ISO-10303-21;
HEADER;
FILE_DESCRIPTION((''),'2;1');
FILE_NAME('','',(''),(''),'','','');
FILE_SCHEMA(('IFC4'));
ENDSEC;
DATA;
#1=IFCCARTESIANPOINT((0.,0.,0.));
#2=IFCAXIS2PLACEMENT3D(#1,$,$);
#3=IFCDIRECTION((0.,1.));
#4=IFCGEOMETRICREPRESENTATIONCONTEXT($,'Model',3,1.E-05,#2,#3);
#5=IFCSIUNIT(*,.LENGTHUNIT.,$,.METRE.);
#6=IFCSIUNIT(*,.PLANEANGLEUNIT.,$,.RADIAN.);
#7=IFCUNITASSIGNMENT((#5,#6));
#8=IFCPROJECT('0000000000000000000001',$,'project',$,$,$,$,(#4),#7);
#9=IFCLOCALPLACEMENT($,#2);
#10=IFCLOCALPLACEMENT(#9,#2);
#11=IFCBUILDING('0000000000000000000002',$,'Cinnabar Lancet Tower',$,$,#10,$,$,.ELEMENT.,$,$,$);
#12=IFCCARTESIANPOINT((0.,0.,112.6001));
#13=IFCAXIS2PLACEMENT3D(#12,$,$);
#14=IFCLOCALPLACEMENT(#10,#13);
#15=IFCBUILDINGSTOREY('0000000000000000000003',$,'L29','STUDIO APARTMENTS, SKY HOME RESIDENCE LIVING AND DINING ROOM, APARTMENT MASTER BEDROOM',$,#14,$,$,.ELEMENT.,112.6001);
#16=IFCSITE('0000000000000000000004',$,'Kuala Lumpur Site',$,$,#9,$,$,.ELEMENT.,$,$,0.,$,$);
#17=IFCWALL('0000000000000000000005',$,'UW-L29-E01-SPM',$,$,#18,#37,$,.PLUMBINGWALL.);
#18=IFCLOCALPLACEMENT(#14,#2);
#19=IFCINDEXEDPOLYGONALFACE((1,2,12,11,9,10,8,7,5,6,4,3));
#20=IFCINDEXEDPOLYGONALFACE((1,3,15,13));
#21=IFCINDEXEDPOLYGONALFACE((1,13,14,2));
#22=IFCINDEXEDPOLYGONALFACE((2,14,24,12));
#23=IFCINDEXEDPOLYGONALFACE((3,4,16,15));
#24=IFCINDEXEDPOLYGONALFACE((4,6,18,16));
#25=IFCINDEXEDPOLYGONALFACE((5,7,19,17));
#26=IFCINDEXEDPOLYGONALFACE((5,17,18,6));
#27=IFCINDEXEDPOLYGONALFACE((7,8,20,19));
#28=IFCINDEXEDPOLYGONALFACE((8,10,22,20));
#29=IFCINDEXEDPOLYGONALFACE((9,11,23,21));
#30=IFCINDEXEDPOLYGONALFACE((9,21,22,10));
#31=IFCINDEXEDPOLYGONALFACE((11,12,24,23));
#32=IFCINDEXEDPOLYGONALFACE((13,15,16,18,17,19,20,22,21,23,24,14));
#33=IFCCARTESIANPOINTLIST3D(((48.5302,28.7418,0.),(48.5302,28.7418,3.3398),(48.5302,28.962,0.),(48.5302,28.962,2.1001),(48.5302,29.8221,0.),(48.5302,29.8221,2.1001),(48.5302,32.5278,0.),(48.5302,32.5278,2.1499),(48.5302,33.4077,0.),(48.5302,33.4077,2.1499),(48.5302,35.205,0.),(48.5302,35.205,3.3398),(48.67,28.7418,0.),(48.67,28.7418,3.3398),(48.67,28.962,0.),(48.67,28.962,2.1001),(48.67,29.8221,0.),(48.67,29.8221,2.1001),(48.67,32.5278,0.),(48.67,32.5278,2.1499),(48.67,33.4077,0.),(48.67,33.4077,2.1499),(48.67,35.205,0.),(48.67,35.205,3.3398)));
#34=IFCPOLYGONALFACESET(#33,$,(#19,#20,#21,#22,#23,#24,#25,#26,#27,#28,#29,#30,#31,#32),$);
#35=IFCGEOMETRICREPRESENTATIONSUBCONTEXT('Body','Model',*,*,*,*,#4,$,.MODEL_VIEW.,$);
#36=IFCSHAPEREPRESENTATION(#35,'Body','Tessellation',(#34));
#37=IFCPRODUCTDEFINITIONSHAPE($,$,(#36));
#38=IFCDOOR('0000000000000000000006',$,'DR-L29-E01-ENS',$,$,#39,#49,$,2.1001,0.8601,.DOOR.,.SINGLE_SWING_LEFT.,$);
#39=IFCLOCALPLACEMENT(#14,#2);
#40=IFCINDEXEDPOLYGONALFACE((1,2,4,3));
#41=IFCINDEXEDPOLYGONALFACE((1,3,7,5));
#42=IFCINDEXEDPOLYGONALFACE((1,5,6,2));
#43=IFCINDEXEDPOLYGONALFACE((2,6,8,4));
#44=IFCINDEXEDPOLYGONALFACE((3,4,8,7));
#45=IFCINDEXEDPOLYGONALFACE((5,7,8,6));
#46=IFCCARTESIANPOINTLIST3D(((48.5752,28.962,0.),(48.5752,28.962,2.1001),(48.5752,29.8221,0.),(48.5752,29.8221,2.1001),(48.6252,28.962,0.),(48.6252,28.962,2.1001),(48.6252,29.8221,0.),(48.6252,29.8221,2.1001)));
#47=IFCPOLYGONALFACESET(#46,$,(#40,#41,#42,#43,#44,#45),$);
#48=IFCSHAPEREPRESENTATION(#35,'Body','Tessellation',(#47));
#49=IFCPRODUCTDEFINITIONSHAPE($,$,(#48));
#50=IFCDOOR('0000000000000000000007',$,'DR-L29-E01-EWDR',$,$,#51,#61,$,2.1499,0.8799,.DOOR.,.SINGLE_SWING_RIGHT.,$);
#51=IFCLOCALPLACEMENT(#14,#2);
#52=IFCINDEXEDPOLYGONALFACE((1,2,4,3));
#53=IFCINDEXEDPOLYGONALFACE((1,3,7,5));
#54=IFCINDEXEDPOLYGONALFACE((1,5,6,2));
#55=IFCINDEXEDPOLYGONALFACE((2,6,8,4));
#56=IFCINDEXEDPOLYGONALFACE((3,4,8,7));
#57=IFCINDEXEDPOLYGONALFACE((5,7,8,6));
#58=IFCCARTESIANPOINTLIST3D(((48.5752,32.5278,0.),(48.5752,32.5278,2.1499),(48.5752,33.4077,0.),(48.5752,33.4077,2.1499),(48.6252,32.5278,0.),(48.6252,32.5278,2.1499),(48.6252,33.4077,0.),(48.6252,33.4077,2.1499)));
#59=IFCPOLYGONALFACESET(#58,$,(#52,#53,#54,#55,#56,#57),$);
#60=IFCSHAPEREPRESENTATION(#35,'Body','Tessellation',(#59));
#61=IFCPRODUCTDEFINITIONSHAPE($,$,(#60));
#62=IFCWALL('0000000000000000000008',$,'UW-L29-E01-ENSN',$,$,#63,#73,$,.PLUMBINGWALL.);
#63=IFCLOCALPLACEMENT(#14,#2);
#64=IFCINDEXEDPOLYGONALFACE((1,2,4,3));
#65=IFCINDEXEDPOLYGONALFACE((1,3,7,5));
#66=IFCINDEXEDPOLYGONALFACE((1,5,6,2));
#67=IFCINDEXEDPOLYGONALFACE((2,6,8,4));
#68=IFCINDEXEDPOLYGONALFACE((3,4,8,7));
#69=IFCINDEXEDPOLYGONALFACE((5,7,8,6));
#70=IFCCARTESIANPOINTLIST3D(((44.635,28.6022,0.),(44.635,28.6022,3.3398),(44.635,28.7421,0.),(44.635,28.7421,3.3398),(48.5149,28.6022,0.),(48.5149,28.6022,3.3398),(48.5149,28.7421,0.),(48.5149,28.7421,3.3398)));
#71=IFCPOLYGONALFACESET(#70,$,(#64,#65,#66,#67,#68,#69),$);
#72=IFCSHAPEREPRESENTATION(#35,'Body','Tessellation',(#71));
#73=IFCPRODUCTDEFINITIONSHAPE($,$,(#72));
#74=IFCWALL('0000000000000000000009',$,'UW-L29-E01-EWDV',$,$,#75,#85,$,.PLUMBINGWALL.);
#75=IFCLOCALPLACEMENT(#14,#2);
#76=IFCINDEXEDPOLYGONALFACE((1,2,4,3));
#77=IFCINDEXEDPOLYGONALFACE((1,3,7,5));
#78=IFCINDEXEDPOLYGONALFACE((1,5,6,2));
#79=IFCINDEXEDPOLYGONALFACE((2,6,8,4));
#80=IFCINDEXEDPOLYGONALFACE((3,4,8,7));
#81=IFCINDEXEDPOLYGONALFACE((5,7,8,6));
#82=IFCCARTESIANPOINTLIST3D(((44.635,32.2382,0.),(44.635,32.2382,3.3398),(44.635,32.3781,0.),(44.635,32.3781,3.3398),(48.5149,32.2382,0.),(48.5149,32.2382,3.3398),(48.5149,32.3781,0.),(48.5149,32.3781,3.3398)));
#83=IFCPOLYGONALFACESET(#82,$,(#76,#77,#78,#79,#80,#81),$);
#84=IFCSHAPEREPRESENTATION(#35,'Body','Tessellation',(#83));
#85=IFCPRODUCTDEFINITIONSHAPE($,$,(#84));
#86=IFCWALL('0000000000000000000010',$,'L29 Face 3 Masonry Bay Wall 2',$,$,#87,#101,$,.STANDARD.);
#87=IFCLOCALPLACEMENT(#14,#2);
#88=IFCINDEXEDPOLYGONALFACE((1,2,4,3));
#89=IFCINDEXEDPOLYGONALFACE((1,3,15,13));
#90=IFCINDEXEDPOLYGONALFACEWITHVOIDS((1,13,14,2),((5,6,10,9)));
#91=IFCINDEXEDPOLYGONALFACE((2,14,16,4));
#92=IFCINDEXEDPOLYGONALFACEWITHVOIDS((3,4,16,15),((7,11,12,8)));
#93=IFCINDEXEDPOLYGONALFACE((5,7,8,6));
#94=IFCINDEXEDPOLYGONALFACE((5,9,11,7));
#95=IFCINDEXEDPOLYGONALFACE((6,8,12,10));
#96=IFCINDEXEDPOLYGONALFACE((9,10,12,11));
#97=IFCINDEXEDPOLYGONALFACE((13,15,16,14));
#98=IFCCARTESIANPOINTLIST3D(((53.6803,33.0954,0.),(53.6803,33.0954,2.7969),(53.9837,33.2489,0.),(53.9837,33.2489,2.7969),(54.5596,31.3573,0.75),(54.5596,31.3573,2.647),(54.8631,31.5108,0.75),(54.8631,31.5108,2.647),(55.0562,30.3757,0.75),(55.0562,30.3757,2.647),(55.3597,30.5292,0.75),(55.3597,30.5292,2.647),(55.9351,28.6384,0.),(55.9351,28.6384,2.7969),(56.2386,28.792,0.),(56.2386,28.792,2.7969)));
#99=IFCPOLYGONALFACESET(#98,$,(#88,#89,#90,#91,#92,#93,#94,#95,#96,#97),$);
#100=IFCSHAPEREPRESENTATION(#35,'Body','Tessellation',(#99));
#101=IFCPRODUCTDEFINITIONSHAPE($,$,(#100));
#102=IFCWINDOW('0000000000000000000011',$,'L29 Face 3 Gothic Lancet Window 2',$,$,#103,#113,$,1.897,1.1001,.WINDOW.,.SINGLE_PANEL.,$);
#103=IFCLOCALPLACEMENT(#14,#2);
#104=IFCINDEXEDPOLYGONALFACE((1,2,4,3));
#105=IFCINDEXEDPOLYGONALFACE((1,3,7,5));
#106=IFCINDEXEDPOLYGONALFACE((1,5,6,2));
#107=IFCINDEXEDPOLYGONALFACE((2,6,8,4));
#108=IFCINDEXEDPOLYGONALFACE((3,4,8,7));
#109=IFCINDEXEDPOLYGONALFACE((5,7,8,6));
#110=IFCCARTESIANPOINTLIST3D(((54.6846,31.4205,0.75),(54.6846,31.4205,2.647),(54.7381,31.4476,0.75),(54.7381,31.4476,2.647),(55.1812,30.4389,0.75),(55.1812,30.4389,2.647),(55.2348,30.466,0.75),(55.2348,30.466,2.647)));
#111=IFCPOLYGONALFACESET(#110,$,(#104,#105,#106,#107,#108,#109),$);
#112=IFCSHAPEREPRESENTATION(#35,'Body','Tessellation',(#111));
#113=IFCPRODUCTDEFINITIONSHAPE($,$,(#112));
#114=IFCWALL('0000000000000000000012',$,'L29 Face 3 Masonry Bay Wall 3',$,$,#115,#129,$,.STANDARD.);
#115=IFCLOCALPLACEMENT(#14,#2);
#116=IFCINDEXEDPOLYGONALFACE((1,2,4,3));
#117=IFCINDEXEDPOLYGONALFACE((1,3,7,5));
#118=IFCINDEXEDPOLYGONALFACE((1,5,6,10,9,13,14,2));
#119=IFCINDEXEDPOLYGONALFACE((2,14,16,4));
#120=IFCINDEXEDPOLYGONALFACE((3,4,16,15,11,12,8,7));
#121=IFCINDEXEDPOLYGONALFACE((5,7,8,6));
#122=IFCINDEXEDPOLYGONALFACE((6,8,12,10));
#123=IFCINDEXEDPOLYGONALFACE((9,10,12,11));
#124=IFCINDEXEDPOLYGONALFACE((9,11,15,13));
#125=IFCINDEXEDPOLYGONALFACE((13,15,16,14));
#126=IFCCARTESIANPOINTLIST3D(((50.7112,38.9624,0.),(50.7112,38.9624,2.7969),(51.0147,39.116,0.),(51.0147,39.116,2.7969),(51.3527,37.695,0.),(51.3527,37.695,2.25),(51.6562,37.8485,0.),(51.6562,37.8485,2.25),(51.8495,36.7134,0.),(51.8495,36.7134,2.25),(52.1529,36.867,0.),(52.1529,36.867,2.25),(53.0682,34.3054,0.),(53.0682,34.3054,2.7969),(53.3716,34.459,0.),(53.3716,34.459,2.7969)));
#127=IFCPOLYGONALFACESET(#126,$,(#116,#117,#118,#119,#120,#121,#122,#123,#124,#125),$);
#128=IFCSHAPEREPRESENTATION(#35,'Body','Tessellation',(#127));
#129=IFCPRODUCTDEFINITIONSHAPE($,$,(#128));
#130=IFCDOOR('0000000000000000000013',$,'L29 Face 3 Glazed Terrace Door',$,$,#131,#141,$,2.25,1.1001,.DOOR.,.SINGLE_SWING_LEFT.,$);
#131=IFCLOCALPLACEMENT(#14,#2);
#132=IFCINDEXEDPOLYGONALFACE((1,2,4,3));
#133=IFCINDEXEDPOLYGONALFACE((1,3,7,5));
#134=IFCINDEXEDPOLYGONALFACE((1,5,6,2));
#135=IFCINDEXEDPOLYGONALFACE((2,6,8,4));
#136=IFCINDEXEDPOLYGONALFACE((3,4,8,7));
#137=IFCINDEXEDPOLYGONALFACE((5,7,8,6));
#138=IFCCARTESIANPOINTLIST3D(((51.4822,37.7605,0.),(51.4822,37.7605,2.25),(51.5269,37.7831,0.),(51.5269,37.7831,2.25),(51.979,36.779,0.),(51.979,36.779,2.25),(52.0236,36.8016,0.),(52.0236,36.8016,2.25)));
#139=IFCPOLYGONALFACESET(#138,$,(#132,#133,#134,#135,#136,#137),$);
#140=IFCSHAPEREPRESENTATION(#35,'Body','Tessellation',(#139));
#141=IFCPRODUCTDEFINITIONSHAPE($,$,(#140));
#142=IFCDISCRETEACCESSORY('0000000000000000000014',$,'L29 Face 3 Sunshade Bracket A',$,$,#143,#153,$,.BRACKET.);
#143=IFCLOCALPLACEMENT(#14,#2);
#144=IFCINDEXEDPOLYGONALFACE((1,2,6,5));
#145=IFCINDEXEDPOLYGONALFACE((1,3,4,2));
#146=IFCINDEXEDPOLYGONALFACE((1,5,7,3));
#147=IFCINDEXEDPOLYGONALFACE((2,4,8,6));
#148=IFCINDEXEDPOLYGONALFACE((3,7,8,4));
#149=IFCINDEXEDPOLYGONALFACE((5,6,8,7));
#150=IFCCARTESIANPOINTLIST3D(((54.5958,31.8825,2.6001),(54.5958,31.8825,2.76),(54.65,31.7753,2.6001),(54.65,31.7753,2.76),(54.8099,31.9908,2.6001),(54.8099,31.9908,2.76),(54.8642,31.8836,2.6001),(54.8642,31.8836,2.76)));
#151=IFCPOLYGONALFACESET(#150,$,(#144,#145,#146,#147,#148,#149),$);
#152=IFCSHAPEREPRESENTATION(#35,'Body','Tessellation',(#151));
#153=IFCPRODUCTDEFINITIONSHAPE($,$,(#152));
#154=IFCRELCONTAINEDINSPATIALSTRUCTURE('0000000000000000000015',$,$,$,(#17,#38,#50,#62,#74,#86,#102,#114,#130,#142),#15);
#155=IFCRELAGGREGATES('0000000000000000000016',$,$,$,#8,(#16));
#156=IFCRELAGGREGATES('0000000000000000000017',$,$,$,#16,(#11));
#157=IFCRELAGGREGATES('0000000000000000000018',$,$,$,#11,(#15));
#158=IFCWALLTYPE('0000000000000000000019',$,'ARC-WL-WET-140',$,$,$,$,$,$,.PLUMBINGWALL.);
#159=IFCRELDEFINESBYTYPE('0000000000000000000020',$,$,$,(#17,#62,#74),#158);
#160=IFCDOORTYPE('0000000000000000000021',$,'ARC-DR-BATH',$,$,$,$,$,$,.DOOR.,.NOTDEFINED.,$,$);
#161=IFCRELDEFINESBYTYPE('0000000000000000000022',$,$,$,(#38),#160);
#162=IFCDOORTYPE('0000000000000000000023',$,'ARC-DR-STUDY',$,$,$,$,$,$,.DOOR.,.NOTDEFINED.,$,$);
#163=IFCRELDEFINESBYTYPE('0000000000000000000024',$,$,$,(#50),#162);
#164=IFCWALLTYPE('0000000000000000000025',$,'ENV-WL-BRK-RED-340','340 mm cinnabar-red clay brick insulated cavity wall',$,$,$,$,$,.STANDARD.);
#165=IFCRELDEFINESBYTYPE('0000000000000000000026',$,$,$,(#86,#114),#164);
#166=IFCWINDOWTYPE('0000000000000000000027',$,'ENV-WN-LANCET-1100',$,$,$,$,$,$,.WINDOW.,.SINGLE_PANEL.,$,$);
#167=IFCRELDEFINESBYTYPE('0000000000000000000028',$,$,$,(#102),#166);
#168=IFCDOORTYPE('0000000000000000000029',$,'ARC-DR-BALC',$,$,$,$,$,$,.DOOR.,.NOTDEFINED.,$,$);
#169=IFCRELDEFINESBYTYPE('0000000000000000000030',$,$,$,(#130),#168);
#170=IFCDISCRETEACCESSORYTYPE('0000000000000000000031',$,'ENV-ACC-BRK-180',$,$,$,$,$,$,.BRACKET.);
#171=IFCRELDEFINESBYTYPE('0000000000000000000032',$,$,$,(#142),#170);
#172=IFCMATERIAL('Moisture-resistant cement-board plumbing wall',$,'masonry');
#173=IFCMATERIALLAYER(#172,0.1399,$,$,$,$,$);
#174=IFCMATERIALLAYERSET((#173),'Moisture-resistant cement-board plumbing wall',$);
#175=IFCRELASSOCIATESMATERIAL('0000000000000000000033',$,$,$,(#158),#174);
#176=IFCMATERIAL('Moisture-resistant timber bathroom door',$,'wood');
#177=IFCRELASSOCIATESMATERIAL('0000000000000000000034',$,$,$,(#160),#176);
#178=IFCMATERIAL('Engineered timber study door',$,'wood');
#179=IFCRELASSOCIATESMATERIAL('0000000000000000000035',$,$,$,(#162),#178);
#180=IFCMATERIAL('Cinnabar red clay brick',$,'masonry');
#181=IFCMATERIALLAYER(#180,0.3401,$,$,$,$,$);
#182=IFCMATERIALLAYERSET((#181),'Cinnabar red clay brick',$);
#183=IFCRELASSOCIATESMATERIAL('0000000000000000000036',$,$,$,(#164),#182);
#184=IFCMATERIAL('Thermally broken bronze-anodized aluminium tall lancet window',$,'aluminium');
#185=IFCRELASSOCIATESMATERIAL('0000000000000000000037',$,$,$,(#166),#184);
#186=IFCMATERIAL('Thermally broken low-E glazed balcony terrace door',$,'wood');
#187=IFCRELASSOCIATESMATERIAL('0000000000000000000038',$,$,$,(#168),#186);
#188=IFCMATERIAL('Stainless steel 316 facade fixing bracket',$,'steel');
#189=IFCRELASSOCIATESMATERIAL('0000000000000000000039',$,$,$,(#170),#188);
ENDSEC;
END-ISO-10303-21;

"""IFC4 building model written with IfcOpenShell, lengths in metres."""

from ifc_helpers import new_model, si_unit, direction, frame, frame_2d, origin, origin_2d, place, context, subcontext, project, spatial, rectangle, extrude, material, layer, layer_set, type_object, element, fill, save


model = new_model("IFC4")

# Units and contexts
model_context = context("Model", 3, precision=1e-05, world=origin(), true_north=direction((0.0, 1.0)))
body_context = subcontext(model_context, "Body", "Model", "MODEL_VIEW")
ifc_project = project(units=[si_unit("LENGTHUNIT", "METRE"), si_unit("PLANEANGLEUNIT", "RADIAN")], contexts=[model_context])

# Site, building, storey
site_placement = place(None, origin())
site = spatial("IfcSite", under=ifc_project, at=site_placement, Name="Kuala Lumpur Site", CompositionType="ELEMENT", RefElevation=0.0)
building_placement = place(site_placement, origin())
building = spatial("IfcBuilding", under=site, at=building_placement, Name="Cinnabar Lancet Tower", CompositionType="ELEMENT")
storey_placement = place(building_placement, frame((0.0, 0.0, 112.6001)))
storey = spatial("IfcBuildingStorey", under=building, at=storey_placement, Name="L29", Description="STUDIO APARTMENTS, SKY HOME RESIDENCE LIVING AND DINING ROOM, APARTMENT MASTER BEDROOM", CompositionType="ELEMENT", Elevation=112.6001)

# Wall, openings, doors
ifc_material_1 = material(Name="Moisture-resistant cement-board plumbing wall", Category="masonry")
ifc_layer_1 = layer(ifc_material_1, 0.1399)
ifc_layer_set_1 = layer_set([ifc_layer_1], Name="Moisture-resistant cement-board plumbing wall")
wall_type_1 = type_object("IfcWallType", Name="ARC-WL-WET-140", PredefinedType="PLUMBINGWALL", material=ifc_layer_set_1)
wall_1_placement = place(storey_placement, frame((48.6001, 28.7419, 0.0), z_axis=(0.0, 0.0, 1.0), x_axis=(0.0, 1.0, 0.0)))
wall_1 = element("IfcWall", 1, at=wall_1_placement, inside=storey, type_object=wall_type_1, Name="UW-L29-E01-SPM", PredefinedType="PLUMBINGWALL", context=body_context, shape_type="SweptSolid", body=[
    extrude(rectangle(XDim=6.4631, YDim=0.1399, at=frame_2d((3.2314, 0.0))), origin(), (0.0, 0.0, 1.0), 3.3398),
])
opening_1_placement = place(wall_1_placement, frame((0.22, 0.0, 0.0)))
opening_1 = element("IfcOpeningElement", 2, at=opening_1_placement, cuts=wall_1, PredefinedType="OPENING", context=body_context, shape_type="SweptSolid", body=[
    extrude(rectangle(XDim=0.8601, YDim=2.1001, at=frame_2d((0.4302, 1.05))), frame((0.0, 0.0798, 0.0), z_axis=(0.0, -1.0, 0.0), x_axis=(1.0, 0.0, 0.0)), (0.0, 0.0, 1.0), 0.1599),
])
opening_2_placement = place(wall_1_placement, frame((3.7859, 0.0, 0.0)))
opening_2 = element("IfcOpeningElement", 3, at=opening_2_placement, cuts=wall_1, PredefinedType="OPENING", context=body_context, shape_type="SweptSolid", body=[
    extrude(rectangle(XDim=0.8799, YDim=2.1499, at=frame_2d((0.4399, 1.075))), frame((0.0, 0.0798, 0.0), z_axis=(0.0, -1.0, 0.0), x_axis=(1.0, 0.0, 0.0)), (0.0, 0.0, 1.0), 0.1599),
])
ifc_material_2 = material(Name="Moisture-resistant timber bathroom door", Category="wood")
door_type_1 = type_object("IfcDoorType", Name="ARC-DR-BATH", OperationType="NOTDEFINED", PredefinedType="DOOR", material=ifc_material_2)
door_1_placement = place(opening_1_placement, origin())
door_1 = element("IfcDoor", 4, at=door_1_placement, inside=storey, type_object=door_type_1, Name="DR-L29-E01-ENS", OperationType="SINGLE_SWING_LEFT", OverallHeight=2.1001, OverallWidth=0.8601, PredefinedType="DOOR", context=body_context, shape_type="SweptSolid", body=[
    extrude(rectangle(XDim=0.8601, YDim=2.1001, at=frame_2d((0.4302, 1.05))), frame((0.0, 0.0249, 0.0), z_axis=(0.0, -1.0, 0.0), x_axis=(1.0, 0.0, 0.0)), (0.0, 0.0, 1.0), 0.05),
])
fill(opening_1, door_1)
ifc_material_3 = material(Name="Engineered timber study door", Category="wood")
door_type_2 = type_object("IfcDoorType", Name="ARC-DR-STUDY", OperationType="NOTDEFINED", PredefinedType="DOOR", material=ifc_material_3)
door_2_placement = place(opening_2_placement, origin())
door_2 = element("IfcDoor", 5, at=door_2_placement, inside=storey, type_object=door_type_2, Name="DR-L29-E01-EWDR", OperationType="SINGLE_SWING_RIGHT", OverallHeight=2.1499, OverallWidth=0.8799, PredefinedType="DOOR", context=body_context, shape_type="SweptSolid", body=[
    extrude(rectangle(XDim=0.8799, YDim=2.1499, at=frame_2d((0.4399, 1.075))), frame((0.0, 0.0249, 0.0), z_axis=(0.0, -1.0, 0.0), x_axis=(1.0, 0.0, 0.0)), (0.0, 0.0, 1.0), 0.05),
])
fill(opening_2, door_2)

# Walls
for number, where, z_axis, x_axis, name in (
    (6, (44.635, 28.6721, 0.0), (0.0, 0.0, 1.0), (1.0, 0.0, 0.0), "UW-L29-E01-ENSN"),
    (7, (44.635, 32.3081, 0.0), (0.0, 0.0, 1.0), (1.0, 0.0, 0.0), "UW-L29-E01-EWDV"),
):
    element("IfcWall", number, at=place(storey_placement, frame(where, z_axis=z_axis, x_axis=x_axis)), inside=storey, type_object=wall_type_1, Name=name, PredefinedType="PLUMBINGWALL", context=body_context, shape_type="SweptSolid", body=[
        extrude(rectangle(XDim=3.8799, YDim=0.1399, at=frame_2d((1.9399, 0.0))), origin(), (0.0, 0.0, 1.0), 3.3398),
    ])

# Wall, opening, window
ifc_material_4 = material(Name="Cinnabar red clay brick", Category="masonry")
ifc_layer_2 = layer(ifc_material_4, 0.3401)
ifc_layer_set_2 = layer_set([ifc_layer_2], Name="Cinnabar red clay brick")
wall_type_2 = type_object("IfcWallType", Name="ENV-WL-BRK-RED-340", Description="340 mm cinnabar-red clay brick insulated cavity wall", PredefinedType="STANDARD", material=ifc_layer_set_2)
wall_2_placement = place(storey_placement, frame((56.0869, 28.7151, 0.0), z_axis=(0.0, 0.0, 1.0), x_axis=(-0.451432, 0.892306, 0.0)))
wall_2 = element("IfcWall", 8, at=wall_2_placement, inside=storey, type_object=wall_type_2, Name="L29 Face 3 Masonry Bay Wall 2", PredefinedType="STANDARD", context=body_context, shape_type="SweptSolid", body=[
    extrude(rectangle(XDim=4.9949, YDim=0.3401, at=frame_2d((2.4976, 0.0))), origin(), (0.0, 0.0, 1.0), 2.7969),
])
opening_3_placement = place(wall_2_placement, frame((1.947, 0.0, 0.75)))
opening_3 = element("IfcOpeningElement", 9, at=opening_3_placement, cuts=wall_2, PredefinedType="OPENING", context=body_context, shape_type="SweptSolid", body=[
    extrude(rectangle(XDim=1.1001, YDim=1.897, at=frame_2d((0.55, 0.9485))), frame((0.0, 0.1799, 0.0), z_axis=(0.0, -1.0, 0.0), x_axis=(1.0, 0.0, 0.0)), (0.0, 0.0, 1.0), 0.3601),
])
ifc_material_5 = material(Name="Thermally broken bronze-anodized aluminium tall lancet window", Category="aluminium")
window_type = type_object("IfcWindowType", Name="ENV-WN-LANCET-1100", PartitioningType="SINGLE_PANEL", PredefinedType="WINDOW", material=ifc_material_5)
window_placement = place(opening_3_placement, origin())
window = element("IfcWindow", 10, at=window_placement, inside=storey, type_object=window_type, Name="L29 Face 3 Gothic Lancet Window 2", OverallHeight=1.897, OverallWidth=1.1001, PartitioningType="SINGLE_PANEL", PredefinedType="WINDOW", context=body_context, shape_type="SweptSolid", body=[
    extrude(rectangle(XDim=1.1001, YDim=1.897, at=frame_2d((0.55, 0.9485))), frame((0.0, 0.03, 0.0), z_axis=(0.0, -1.0, 0.0), x_axis=(1.0, 0.0, 0.0)), (0.0, 0.0, 1.0), 0.0601),
])
fill(opening_3, window)

# Wall, opening, door
wall_3_placement = place(storey_placement, frame((53.22, 34.3821, 0.0), z_axis=(0.0, 0.0, 1.0), x_axis=(-0.451568, 0.892237, 0.0)))
wall_3 = element("IfcWall", 11, at=wall_3_placement, inside=storey, type_object=wall_type_2, Name="L29 Face 3 Masonry Bay Wall 3", PredefinedType="STANDARD", context=body_context, shape_type="SweptSolid", body=[
    extrude(rectangle(XDim=5.2195, YDim=0.3401, at=frame_2d((2.6099, 0.0))), origin(), (0.0, 0.0, 1.0), 2.7969),
])
opening_4_placement = place(wall_3_placement, frame((2.699, 0.0, 0.0)))
opening_4 = element("IfcOpeningElement", 12, at=opening_4_placement, cuts=wall_3, PredefinedType="OPENING", context=body_context, shape_type="SweptSolid", body=[
    extrude(rectangle(XDim=1.1001, YDim=2.25, at=frame_2d((0.55, 1.125))), frame((0.0, 0.1799, 0.0), z_axis=(0.0, -1.0, 0.0), x_axis=(1.0, 0.0, 0.0)), (0.0, 0.0, 1.0), 0.3601),
])
ifc_material_6 = material(Name="Thermally broken low-E glazed balcony terrace door", Category="wood")
door_type_3 = type_object("IfcDoorType", Name="ARC-DR-BALC", OperationType="NOTDEFINED", PredefinedType="DOOR", material=ifc_material_6)
door_3_placement = place(opening_4_placement, origin())
door_3 = element("IfcDoor", 13, at=door_3_placement, inside=storey, type_object=door_type_3, Name="L29 Face 3 Glazed Terrace Door", OperationType="SINGLE_SWING_LEFT", OverallHeight=2.25, OverallWidth=1.1001, PredefinedType="DOOR", context=body_context, shape_type="SweptSolid", body=[
    extrude(rectangle(XDim=1.1001, YDim=2.25, at=frame_2d((0.55, 1.125))), frame((0.0, 0.0249, 0.0), z_axis=(0.0, -1.0, 0.0), x_axis=(1.0, 0.0, 0.0)), (0.0, 0.0, 1.0), 0.05),
])
fill(opening_4, door_3)

# Discrete accessory
ifc_material_7 = material(Name="Stainless steel 316 facade fixing bracket", Category="steel")
discrete_accessory_type = type_object("IfcDiscreteAccessoryType", Name="ENV-ACC-BRK-180", PredefinedType="BRACKET", material=ifc_material_7)
discrete_accessory_placement = place(storey_placement, frame((54.73, 31.8831, 2.6001), z_axis=(0.0, 0.0, 1.0), x_axis=(-0.451454, 0.892294, 0.0)))
element("IfcDiscreteAccessory", 14, at=discrete_accessory_placement, inside=storey, type_object=discrete_accessory_type, Name="L29 Face 3 Sunshade Bracket A", PredefinedType="BRACKET", context=body_context, shape_type="SweptSolid", body=[
    extrude(rectangle(XDim=0.1201, YDim=0.24, at=origin_2d()), origin(), (0.0, 0.0, 1.0), 0.1599),
])

save(model, "model.ifc")
